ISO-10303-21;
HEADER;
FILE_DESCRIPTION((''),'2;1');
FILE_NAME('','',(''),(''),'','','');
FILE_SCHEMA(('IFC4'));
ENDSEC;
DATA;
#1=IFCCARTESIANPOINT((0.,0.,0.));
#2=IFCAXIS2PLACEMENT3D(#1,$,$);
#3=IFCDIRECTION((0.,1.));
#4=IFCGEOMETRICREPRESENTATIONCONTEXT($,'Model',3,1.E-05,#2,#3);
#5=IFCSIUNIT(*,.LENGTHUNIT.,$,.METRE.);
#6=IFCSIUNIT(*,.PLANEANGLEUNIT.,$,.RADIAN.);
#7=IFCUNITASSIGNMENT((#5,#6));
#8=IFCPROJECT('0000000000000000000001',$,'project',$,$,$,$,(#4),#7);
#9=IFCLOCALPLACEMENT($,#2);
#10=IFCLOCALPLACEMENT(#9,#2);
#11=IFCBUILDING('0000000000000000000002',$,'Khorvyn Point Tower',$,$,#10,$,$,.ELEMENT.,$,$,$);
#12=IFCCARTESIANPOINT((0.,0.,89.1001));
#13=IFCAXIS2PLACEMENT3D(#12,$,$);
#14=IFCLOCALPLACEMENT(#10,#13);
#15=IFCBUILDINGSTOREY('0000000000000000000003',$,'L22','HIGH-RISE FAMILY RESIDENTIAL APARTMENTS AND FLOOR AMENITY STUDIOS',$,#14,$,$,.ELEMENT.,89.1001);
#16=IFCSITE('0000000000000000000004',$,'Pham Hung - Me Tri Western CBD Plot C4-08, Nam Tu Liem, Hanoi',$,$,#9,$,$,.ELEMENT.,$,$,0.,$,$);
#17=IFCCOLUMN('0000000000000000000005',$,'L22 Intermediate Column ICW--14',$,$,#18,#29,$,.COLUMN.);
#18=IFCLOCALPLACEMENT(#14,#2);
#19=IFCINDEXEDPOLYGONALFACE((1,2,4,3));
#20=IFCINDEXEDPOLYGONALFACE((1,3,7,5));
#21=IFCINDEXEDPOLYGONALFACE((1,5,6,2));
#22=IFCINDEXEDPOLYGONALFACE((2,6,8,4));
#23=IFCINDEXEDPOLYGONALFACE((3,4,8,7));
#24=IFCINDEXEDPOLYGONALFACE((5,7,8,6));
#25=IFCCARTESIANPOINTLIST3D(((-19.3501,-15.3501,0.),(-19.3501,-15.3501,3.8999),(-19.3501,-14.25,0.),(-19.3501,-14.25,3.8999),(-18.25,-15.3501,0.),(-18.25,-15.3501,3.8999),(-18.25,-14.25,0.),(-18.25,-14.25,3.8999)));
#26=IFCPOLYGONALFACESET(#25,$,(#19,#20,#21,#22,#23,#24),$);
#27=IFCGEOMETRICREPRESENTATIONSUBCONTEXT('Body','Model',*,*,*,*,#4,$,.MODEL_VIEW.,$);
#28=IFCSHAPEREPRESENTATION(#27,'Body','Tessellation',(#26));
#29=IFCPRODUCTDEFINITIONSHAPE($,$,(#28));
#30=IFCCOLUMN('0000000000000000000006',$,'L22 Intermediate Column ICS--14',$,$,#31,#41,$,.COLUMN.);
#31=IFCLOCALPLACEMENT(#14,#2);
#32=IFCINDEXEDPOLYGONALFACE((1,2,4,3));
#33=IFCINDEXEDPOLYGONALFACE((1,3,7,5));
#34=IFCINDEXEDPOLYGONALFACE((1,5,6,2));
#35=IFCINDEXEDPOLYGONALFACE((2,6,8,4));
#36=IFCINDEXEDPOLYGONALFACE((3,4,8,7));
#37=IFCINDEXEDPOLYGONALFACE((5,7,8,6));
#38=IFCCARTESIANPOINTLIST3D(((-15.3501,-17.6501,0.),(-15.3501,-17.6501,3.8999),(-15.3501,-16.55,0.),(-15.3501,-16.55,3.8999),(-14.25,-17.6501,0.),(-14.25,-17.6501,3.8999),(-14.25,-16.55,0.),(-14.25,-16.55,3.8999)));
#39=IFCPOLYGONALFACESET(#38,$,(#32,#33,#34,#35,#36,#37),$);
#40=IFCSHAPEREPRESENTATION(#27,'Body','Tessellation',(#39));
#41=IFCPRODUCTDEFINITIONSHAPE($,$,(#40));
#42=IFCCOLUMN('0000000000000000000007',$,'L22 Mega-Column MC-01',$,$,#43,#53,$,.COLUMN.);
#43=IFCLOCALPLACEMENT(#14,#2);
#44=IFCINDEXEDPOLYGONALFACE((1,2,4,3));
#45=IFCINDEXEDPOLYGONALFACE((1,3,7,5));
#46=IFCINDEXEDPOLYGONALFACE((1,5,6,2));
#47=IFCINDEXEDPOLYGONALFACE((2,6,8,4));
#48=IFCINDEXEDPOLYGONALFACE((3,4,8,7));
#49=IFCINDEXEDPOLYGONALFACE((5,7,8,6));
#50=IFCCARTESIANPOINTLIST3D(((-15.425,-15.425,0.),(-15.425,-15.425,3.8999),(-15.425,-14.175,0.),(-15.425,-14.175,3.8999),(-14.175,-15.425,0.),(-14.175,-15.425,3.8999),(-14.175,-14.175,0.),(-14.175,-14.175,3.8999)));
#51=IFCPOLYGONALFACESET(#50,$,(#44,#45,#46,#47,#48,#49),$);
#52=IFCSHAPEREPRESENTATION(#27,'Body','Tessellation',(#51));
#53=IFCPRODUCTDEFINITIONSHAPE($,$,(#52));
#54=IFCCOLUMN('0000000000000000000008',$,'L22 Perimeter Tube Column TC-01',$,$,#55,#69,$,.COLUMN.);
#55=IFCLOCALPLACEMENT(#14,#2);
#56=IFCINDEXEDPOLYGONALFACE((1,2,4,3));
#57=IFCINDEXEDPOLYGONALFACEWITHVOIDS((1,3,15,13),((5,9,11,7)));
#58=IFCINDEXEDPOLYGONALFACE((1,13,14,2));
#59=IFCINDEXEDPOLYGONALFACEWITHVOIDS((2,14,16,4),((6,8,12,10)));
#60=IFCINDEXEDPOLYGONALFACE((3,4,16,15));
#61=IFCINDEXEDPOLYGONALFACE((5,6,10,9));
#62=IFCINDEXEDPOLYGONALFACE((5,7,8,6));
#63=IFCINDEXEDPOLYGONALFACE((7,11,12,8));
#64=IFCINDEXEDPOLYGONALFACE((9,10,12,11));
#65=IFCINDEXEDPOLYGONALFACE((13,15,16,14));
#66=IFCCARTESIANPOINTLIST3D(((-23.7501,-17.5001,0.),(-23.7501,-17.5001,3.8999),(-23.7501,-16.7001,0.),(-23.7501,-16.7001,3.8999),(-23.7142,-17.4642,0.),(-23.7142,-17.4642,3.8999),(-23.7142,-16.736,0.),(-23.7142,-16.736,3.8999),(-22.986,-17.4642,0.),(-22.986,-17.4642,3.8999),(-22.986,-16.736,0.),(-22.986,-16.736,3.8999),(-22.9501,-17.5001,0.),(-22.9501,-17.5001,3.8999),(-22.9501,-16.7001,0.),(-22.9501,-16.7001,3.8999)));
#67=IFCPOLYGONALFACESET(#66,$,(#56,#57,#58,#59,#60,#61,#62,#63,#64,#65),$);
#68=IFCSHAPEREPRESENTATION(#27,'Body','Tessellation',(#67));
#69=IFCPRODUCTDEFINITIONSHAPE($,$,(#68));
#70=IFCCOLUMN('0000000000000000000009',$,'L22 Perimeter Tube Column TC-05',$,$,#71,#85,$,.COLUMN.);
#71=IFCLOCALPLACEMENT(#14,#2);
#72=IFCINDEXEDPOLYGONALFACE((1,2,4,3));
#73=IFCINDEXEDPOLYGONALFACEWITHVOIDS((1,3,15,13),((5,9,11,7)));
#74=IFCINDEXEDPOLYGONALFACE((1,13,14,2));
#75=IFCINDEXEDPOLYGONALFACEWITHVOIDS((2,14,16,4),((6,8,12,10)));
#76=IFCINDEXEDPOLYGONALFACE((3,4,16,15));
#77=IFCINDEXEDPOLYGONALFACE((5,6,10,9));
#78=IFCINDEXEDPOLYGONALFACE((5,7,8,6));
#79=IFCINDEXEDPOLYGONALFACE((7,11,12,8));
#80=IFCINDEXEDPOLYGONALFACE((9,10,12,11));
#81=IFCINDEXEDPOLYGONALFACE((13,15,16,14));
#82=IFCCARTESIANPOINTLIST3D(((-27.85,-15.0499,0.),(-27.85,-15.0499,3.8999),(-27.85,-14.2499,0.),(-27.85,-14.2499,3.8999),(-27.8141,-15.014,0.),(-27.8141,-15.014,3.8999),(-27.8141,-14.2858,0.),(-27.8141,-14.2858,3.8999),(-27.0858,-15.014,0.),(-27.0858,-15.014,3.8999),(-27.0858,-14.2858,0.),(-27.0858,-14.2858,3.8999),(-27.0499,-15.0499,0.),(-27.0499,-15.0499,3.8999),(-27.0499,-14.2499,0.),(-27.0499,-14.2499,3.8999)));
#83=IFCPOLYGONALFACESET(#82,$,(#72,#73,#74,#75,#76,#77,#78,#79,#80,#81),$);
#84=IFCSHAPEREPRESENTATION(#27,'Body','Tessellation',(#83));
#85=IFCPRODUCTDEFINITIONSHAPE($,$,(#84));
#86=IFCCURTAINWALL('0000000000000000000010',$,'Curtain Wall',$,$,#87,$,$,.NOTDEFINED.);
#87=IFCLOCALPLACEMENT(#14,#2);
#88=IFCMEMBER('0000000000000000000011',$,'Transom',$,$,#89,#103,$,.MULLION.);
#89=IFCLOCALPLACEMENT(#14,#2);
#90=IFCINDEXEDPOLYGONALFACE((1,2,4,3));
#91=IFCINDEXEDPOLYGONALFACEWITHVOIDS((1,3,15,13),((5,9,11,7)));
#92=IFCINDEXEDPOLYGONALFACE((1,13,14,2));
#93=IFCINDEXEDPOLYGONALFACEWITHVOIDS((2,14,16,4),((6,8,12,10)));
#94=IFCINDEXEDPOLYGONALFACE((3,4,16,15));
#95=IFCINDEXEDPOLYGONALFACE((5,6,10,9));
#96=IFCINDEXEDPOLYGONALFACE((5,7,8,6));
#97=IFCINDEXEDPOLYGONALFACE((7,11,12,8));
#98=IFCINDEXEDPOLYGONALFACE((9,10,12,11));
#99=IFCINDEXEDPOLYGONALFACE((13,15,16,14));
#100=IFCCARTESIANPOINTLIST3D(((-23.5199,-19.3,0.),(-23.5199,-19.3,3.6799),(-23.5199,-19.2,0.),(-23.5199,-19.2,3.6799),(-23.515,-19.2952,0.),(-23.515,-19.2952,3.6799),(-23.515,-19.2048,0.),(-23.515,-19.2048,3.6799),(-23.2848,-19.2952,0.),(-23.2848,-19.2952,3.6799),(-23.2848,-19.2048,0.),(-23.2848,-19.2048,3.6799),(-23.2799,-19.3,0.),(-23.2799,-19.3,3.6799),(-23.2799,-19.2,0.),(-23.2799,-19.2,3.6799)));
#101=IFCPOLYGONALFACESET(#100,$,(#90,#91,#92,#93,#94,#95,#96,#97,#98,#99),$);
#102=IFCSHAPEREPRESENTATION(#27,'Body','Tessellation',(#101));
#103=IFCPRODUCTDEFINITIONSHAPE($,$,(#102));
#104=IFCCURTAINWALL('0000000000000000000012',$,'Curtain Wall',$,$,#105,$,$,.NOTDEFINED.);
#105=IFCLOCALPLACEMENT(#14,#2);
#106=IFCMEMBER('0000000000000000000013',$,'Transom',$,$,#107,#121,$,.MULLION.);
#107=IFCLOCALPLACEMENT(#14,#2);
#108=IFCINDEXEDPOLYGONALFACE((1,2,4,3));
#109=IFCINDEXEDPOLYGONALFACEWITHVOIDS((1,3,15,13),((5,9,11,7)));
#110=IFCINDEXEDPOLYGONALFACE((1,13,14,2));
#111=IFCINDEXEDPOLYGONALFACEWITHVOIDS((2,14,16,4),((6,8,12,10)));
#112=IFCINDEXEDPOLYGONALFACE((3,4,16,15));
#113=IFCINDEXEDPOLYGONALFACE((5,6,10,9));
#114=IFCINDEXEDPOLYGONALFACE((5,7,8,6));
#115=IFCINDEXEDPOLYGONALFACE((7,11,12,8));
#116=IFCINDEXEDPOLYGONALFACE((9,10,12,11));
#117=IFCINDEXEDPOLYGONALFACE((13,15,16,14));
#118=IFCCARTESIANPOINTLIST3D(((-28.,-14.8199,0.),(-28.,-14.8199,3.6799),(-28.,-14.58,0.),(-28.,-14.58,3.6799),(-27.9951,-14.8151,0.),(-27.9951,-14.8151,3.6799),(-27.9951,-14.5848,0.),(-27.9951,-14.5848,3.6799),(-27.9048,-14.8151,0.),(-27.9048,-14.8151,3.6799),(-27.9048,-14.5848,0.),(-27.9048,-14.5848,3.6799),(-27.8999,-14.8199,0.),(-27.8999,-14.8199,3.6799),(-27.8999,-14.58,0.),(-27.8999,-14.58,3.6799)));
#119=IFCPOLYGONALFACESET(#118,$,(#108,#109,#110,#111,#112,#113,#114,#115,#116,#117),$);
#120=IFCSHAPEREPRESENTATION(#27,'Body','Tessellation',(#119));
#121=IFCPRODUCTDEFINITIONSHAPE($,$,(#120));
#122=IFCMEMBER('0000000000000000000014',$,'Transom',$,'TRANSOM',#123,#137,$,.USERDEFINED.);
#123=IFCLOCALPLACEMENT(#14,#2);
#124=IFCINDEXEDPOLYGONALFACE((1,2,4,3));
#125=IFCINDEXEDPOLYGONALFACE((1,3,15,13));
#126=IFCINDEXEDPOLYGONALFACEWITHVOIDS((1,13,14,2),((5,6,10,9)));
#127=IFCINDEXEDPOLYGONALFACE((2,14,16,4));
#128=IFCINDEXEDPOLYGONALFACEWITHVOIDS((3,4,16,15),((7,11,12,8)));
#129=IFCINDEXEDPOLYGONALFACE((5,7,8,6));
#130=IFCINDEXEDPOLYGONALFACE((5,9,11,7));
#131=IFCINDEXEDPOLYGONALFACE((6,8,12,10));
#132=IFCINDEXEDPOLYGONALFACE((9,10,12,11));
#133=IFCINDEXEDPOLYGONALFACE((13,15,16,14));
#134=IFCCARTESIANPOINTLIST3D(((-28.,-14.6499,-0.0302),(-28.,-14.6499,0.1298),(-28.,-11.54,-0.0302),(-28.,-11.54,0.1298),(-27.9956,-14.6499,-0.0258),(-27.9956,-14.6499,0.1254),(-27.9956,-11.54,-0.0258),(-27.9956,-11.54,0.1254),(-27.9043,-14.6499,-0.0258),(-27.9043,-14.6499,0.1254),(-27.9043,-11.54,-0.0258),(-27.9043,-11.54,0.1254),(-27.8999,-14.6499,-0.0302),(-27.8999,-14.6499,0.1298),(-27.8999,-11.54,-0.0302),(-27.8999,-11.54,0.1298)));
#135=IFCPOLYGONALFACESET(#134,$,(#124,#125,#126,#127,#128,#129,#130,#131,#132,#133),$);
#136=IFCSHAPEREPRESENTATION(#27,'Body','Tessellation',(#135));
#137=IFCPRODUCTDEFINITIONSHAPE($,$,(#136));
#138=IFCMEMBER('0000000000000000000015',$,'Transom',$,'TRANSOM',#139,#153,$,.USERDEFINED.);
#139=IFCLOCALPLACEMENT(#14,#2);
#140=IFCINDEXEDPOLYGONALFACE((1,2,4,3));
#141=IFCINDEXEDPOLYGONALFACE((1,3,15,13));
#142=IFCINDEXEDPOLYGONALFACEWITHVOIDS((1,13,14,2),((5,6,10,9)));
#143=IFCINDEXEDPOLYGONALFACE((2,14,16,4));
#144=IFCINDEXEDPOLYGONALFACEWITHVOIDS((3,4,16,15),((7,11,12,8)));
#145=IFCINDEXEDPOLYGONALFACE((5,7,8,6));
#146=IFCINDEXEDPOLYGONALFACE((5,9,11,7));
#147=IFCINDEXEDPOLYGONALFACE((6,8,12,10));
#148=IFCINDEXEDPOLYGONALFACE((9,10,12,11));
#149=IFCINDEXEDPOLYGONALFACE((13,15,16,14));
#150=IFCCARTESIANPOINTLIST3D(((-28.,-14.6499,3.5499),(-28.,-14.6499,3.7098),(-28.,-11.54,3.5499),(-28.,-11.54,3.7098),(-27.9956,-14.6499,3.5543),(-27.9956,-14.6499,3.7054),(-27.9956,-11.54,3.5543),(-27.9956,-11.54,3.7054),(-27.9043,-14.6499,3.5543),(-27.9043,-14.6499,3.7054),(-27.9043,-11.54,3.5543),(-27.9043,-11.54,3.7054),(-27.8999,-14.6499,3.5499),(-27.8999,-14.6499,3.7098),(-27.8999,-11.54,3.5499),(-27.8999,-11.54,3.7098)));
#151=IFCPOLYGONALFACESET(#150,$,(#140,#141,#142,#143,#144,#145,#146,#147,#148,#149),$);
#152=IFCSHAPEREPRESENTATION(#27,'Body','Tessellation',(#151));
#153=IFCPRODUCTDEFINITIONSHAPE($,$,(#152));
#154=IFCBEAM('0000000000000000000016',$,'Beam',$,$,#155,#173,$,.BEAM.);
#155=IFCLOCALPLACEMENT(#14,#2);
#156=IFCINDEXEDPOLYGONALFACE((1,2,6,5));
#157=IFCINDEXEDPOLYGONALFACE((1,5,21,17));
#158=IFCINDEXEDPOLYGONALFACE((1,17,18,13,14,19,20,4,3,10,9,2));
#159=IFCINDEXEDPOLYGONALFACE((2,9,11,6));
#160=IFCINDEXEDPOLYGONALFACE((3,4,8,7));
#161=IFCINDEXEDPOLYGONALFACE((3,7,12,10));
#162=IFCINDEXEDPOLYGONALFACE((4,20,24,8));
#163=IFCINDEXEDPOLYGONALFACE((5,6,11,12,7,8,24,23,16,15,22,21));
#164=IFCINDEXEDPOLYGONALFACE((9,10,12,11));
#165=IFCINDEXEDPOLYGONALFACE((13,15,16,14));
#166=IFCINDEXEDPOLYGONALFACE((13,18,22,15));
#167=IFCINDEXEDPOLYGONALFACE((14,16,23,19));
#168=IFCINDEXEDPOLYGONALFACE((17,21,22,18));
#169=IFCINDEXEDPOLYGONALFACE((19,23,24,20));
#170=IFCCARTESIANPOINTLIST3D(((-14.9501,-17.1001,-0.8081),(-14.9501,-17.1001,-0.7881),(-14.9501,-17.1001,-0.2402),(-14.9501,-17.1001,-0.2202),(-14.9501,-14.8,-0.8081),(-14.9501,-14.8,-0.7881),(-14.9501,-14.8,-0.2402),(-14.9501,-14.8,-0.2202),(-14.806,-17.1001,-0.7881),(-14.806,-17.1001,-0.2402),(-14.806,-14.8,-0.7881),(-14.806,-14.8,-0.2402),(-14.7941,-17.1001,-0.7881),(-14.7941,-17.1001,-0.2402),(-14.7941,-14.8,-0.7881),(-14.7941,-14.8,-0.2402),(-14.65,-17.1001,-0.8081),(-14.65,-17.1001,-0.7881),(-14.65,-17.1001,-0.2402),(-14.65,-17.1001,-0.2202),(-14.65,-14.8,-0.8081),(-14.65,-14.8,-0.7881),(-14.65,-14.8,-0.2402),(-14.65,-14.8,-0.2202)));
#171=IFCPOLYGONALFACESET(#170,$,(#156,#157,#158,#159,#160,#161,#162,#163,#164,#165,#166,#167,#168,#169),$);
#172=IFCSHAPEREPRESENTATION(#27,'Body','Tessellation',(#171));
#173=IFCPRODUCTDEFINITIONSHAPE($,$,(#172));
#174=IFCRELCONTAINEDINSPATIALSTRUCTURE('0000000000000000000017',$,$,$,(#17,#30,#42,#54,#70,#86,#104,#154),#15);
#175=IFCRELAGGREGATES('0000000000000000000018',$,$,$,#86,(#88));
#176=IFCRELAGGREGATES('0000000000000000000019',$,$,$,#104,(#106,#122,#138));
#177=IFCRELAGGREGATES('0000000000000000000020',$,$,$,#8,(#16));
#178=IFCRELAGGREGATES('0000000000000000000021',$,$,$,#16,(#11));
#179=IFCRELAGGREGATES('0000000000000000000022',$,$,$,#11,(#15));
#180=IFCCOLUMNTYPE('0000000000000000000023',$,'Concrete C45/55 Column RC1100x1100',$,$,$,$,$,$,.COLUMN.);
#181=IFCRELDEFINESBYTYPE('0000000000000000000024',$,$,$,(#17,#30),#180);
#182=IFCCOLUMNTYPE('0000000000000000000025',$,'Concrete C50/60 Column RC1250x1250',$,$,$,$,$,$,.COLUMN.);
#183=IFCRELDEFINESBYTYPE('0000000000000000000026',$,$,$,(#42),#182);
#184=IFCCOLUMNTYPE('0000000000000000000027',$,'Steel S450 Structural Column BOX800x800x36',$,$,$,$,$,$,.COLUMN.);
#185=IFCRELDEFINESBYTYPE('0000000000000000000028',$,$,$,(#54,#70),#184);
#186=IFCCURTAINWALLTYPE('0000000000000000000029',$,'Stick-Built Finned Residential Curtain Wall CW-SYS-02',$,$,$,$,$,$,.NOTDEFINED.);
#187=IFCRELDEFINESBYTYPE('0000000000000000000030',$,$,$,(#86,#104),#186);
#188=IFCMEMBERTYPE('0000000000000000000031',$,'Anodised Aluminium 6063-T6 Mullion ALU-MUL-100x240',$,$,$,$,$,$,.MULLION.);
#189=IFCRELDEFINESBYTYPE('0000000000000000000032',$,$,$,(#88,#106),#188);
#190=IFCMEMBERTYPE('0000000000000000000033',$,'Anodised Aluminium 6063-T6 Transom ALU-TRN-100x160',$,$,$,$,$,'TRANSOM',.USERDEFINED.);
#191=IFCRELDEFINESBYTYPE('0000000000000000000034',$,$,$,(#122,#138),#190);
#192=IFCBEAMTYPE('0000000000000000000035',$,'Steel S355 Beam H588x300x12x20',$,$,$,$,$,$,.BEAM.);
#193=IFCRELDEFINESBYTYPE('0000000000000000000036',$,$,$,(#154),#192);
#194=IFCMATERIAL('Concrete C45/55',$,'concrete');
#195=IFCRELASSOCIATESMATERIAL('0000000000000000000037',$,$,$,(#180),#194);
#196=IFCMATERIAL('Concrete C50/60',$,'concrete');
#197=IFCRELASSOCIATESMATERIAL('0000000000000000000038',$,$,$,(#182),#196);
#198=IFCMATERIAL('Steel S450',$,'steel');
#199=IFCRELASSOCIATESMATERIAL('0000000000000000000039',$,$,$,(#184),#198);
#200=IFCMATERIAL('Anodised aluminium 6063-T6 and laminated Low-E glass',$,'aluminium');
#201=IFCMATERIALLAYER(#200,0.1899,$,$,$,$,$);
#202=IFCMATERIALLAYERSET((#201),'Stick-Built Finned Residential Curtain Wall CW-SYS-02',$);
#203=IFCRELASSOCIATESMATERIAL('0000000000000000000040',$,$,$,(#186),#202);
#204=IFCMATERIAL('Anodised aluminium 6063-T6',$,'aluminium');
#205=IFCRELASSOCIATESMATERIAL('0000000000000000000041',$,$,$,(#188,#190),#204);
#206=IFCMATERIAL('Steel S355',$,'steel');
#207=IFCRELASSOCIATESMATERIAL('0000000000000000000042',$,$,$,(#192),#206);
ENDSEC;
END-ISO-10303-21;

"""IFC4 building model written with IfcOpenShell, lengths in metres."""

from ifc_helpers import new_model, si_unit, direction, frame, origin, origin_2d, place, context, subcontext, project, spatial, rectangle, hollow_rectangle, i_section, extrude, material, layer, layer_set, material_profile, profile_set, type_object, element, aggregate, save


model = new_model("IFC4")

# Units and contexts
model_context = context("Model", 3, precision=1e-05, world=origin(), true_north=direction((0.0, 1.0)))
body_context = subcontext(model_context, "Body", "Model", "MODEL_VIEW")
ifc_project = project(units=[si_unit("LENGTHUNIT", "METRE"), si_unit("PLANEANGLEUNIT", "RADIAN")], contexts=[model_context])

# Site, building, storey
site_placement = place(None, origin())
site = spatial("IfcSite", under=ifc_project, at=site_placement, Name="Pham Hung - Me Tri Western CBD Plot C4-08, Nam Tu Liem, Hanoi", CompositionType="ELEMENT", RefElevation=0.0)
building_placement = place(site_placement, origin())
building = spatial("IfcBuilding", under=site, at=building_placement, Name="Khorvyn Point Tower", CompositionType="ELEMENT")
storey_placement = place(building_placement, frame((0.0, 0.0, 89.1001)))
storey = spatial("IfcBuildingStorey", under=building, at=storey_placement, Name="L22", Description="HIGH-RISE FAMILY RESIDENTIAL APARTMENTS AND FLOOR AMENITY STUDIOS", CompositionType="ELEMENT", Elevation=89.1001)

# Columns
ifc_material_1 = material(Name="Concrete C45/55", Category="concrete")
ifc_material_profile_1 = material_profile(ifc_material_1, rectangle(XDim=1.1001, YDim=1.1001, at=origin_2d()))
ifc_profile_set_1 = profile_set([ifc_material_profile_1], Name="Concrete C45/55 RC1100x1100")
column_type_1 = type_object("IfcColumnType", Name="Concrete C45/55 Column RC1100x1100", PredefinedType="COLUMN", material=ifc_profile_set_1)
for number, where, z_axis, x_axis, name in (
    (1, (-18.8, -14.8, 0.0), (0.0, 0.0, 1.0), (1.0, 0.0, 0.0), "L22 Intermediate Column ICW--14"),
    (2, (-14.8, -17.1001, 0.0), (0.0, 0.0, 1.0), (1.0, 0.0, 0.0), "L22 Intermediate Column ICS--14"),
):
    element("IfcColumn", number, at=place(storey_placement, frame(where, z_axis=z_axis, x_axis=x_axis)), inside=storey, type_object=column_type_1, Name=name, PredefinedType="COLUMN", context=body_context, shape_type="SweptSolid", body=[
        extrude(rectangle(XDim=1.1001, YDim=1.1001, at=origin_2d()), origin(), (0.0, 0.0, 1.0), 3.8999),
    ])
ifc_material_2 = material(Name="Concrete C50/60", Category="concrete")
ifc_material_profile_2 = material_profile(ifc_material_2, rectangle(XDim=1.25, YDim=1.25, at=origin_2d()))
ifc_profile_set_2 = profile_set([ifc_material_profile_2], Name="Concrete C50/60 RC1250x1250")
column_type_2 = type_object("IfcColumnType", Name="Concrete C50/60 Column RC1250x1250", PredefinedType="COLUMN", material=ifc_profile_set_2)
column_placement = place(storey_placement, frame((-14.8, -14.8, 0.0), z_axis=(0.0, 0.0, 1.0), x_axis=(1.0, 0.0, 0.0)))
element("IfcColumn", 3, at=column_placement, inside=storey, type_object=column_type_2, Name="L22 Mega-Column MC-01", PredefinedType="COLUMN", context=body_context, shape_type="SweptSolid", body=[
    extrude(rectangle(XDim=1.25, YDim=1.25, at=origin_2d()), origin(), (0.0, 0.0, 1.0), 3.8999),
])
ifc_material_3 = material(Name="Steel S450", Category="steel")
ifc_material_profile_3 = material_profile(ifc_material_3, hollow_rectangle(XDim=0.8, YDim=0.8, WallThickness=0.0359, at=origin_2d()))
ifc_profile_set_3 = profile_set([ifc_material_profile_3], Name="Steel S450 BOX800x800x36")
column_type_3 = type_object("IfcColumnType", Name="Steel S450 Structural Column BOX800x800x36", PredefinedType="COLUMN", material=ifc_profile_set_3)
for number, where, z_axis, x_axis, name in (
    (4, (-23.3501, -17.1001, 0.0), (0.0, 0.0, 1.0), (1.0, 0.0, 0.0), "L22 Perimeter Tube Column TC-01"),
    (5, (-27.45, -14.6499, 0.0), (0.0, 0.0, 1.0), (1.0, 0.0, 0.0), "L22 Perimeter Tube Column TC-05"),
):
    element("IfcColumn", number, at=place(storey_placement, frame(where, z_axis=z_axis, x_axis=x_axis)), inside=storey, type_object=column_type_3, Name=name, PredefinedType="COLUMN", context=body_context, shape_type="SweptSolid", body=[
        extrude(hollow_rectangle(XDim=0.8, YDim=0.8, WallThickness=0.0359, at=origin_2d()), origin(), (0.0, 0.0, 1.0), 3.8999),
    ])

# Curtain wall, member
ifc_material_4 = material(Name="Anodised aluminium 6063-T6 and laminated Low-E glass", Category="aluminium")
ifc_layer_1 = layer(ifc_material_4, 0.1899)
ifc_layer_set_1 = layer_set([ifc_layer_1], Name="Stick-Built Finned Residential Curtain Wall CW-SYS-02")
curtain_wall_type = type_object("IfcCurtainWallType", Name="Stick-Built Finned Residential Curtain Wall CW-SYS-02", PredefinedType="NOTDEFINED", material=ifc_layer_set_1)
curtain_wall_1_placement = place(storey_placement, origin())
curtain_wall_1 = element("IfcCurtainWall", 6, at=curtain_wall_1_placement, inside=storey, type_object=curtain_wall_type, Name="Curtain Wall", PredefinedType="NOTDEFINED")
ifc_material_5 = material(Name="Anodised aluminium 6063-T6", Category="aluminium")
ifc_material_profile_4 = material_profile(ifc_material_5, hollow_rectangle(XDim=0.1001, YDim=0.24, WallThickness=0.0049, at=origin_2d()))
ifc_profile_set_4 = profile_set([ifc_material_profile_4], Name="Anodised aluminium 6063-T6 ALU-MUL-100x240")
member_type_1 = type_object("IfcMemberType", Name="Anodised Aluminium 6063-T6 Mullion ALU-MUL-100x240", PredefinedType="MULLION", material=ifc_profile_set_4)
member_1_placement = place(storey_placement, frame((-23.3999, -19.25, 0.0), z_axis=(0.0, 0.0, 1.0), x_axis=(0.0, -1.0, 0.0)))
member_1 = element("IfcMember", 7, at=member_1_placement, type_object=member_type_1, Name="Transom", PredefinedType="MULLION", context=body_context, shape_type="SweptSolid", body=[
    extrude(hollow_rectangle(XDim=0.1001, YDim=0.24, WallThickness=0.0049, at=origin_2d()), origin(), (0.0, 0.0, 1.0), 3.6799),
])

# Curtain wall, members
curtain_wall_2_placement = place(storey_placement, origin())
curtain_wall_2 = element("IfcCurtainWall", 8, at=curtain_wall_2_placement, inside=storey, type_object=curtain_wall_type, Name="Curtain Wall", PredefinedType="NOTDEFINED")
member_2_placement = place(storey_placement, frame((-27.95, -14.7, 0.0), z_axis=(0.0, 0.0, 1.0), x_axis=(-1.0, 0.0, 0.0)))
member_2 = element("IfcMember", 9, at=member_2_placement, type_object=member_type_1, Name="Transom", PredefinedType="MULLION", context=body_context, shape_type="SweptSolid", body=[
    extrude(hollow_rectangle(XDim=0.1001, YDim=0.24, WallThickness=0.0049, at=origin_2d()), origin(), (0.0, 0.0, 1.0), 3.6799),
])
ifc_material_profile_5 = material_profile(ifc_material_5, hollow_rectangle(XDim=0.1001, YDim=0.1599, WallThickness=0.0044, at=origin_2d()))
ifc_profile_set_5 = profile_set([ifc_material_profile_5], Name="Anodised aluminium 6063-T6 ALU-TRN-100x160")
member_type_2 = type_object("IfcMemberType", Name="Anodised Aluminium 6063-T6 Transom ALU-TRN-100x160", ElementType="TRANSOM", PredefinedType="USERDEFINED", material=ifc_profile_set_5)
member_3_placement = place(storey_placement, frame((-27.95, -14.6499, 0.0498), z_axis=(0.0, 1.0, 0.0), x_axis=(-1.0, 0.0, 0.0)))
member_3 = element("IfcMember", 10, at=member_3_placement, type_object=member_type_2, Name="Transom", ObjectType="TRANSOM", PredefinedType="USERDEFINED", context=body_context, shape_type="SweptSolid", body=[
    extrude(hollow_rectangle(XDim=0.1001, YDim=0.1599, WallThickness=0.0044, at=origin_2d()), origin(), (0.0, 0.0, 1.0), 3.1099),
])
member_4_placement = place(storey_placement, frame((-27.95, -14.6499, 3.6299), z_axis=(0.0, 1.0, 0.0), x_axis=(-1.0, 0.0, 0.0)))
member_4 = element("IfcMember", 11, at=member_4_placement, type_object=member_type_2, Name="Transom", ObjectType="TRANSOM", PredefinedType="USERDEFINED", context=body_context, shape_type="SweptSolid", body=[
    extrude(hollow_rectangle(XDim=0.1001, YDim=0.1599, WallThickness=0.0044, at=origin_2d()), origin(), (0.0, 0.0, 1.0), 3.1099),
])

# Beam
ifc_material_6 = material(Name="Steel S355", Category="steel")
ifc_material_profile_6 = material_profile(ifc_material_6, i_section(OverallWidth=0.3, OverallDepth=0.5879, WebThickness=0.012, FlangeThickness=0.02, at=origin_2d()))
ifc_profile_set_6 = profile_set([ifc_material_profile_6], Name="Steel S355 H588x300x12x20")
beam_type_1 = type_object("IfcBeamType", Name="Steel S355 Beam H588x300x12x20", PredefinedType="BEAM", material=ifc_profile_set_6)
beam_1_placement = place(storey_placement, frame((-14.8, -17.1001, -0.5142), z_axis=(0.0, 1.0, 0.0), x_axis=(-1.0, 0.0, 0.0)))
element("IfcBeam", 12, at=beam_1_placement, inside=storey, type_object=beam_type_1, Name="Beam", PredefinedType="BEAM", context=body_context, shape_type="SweptSolid", body=[
    extrude(i_section(OverallWidth=0.3, OverallDepth=0.5879, WebThickness=0.012, FlangeThickness=0.02, at=origin_2d()), origin(), (0.0, 0.0, 1.0), 2.3),
])

aggregate(curtain_wall_1, [member_1])
aggregate(curtain_wall_2, [member_2, member_3, member_4])

save(model, "model.ifc")
